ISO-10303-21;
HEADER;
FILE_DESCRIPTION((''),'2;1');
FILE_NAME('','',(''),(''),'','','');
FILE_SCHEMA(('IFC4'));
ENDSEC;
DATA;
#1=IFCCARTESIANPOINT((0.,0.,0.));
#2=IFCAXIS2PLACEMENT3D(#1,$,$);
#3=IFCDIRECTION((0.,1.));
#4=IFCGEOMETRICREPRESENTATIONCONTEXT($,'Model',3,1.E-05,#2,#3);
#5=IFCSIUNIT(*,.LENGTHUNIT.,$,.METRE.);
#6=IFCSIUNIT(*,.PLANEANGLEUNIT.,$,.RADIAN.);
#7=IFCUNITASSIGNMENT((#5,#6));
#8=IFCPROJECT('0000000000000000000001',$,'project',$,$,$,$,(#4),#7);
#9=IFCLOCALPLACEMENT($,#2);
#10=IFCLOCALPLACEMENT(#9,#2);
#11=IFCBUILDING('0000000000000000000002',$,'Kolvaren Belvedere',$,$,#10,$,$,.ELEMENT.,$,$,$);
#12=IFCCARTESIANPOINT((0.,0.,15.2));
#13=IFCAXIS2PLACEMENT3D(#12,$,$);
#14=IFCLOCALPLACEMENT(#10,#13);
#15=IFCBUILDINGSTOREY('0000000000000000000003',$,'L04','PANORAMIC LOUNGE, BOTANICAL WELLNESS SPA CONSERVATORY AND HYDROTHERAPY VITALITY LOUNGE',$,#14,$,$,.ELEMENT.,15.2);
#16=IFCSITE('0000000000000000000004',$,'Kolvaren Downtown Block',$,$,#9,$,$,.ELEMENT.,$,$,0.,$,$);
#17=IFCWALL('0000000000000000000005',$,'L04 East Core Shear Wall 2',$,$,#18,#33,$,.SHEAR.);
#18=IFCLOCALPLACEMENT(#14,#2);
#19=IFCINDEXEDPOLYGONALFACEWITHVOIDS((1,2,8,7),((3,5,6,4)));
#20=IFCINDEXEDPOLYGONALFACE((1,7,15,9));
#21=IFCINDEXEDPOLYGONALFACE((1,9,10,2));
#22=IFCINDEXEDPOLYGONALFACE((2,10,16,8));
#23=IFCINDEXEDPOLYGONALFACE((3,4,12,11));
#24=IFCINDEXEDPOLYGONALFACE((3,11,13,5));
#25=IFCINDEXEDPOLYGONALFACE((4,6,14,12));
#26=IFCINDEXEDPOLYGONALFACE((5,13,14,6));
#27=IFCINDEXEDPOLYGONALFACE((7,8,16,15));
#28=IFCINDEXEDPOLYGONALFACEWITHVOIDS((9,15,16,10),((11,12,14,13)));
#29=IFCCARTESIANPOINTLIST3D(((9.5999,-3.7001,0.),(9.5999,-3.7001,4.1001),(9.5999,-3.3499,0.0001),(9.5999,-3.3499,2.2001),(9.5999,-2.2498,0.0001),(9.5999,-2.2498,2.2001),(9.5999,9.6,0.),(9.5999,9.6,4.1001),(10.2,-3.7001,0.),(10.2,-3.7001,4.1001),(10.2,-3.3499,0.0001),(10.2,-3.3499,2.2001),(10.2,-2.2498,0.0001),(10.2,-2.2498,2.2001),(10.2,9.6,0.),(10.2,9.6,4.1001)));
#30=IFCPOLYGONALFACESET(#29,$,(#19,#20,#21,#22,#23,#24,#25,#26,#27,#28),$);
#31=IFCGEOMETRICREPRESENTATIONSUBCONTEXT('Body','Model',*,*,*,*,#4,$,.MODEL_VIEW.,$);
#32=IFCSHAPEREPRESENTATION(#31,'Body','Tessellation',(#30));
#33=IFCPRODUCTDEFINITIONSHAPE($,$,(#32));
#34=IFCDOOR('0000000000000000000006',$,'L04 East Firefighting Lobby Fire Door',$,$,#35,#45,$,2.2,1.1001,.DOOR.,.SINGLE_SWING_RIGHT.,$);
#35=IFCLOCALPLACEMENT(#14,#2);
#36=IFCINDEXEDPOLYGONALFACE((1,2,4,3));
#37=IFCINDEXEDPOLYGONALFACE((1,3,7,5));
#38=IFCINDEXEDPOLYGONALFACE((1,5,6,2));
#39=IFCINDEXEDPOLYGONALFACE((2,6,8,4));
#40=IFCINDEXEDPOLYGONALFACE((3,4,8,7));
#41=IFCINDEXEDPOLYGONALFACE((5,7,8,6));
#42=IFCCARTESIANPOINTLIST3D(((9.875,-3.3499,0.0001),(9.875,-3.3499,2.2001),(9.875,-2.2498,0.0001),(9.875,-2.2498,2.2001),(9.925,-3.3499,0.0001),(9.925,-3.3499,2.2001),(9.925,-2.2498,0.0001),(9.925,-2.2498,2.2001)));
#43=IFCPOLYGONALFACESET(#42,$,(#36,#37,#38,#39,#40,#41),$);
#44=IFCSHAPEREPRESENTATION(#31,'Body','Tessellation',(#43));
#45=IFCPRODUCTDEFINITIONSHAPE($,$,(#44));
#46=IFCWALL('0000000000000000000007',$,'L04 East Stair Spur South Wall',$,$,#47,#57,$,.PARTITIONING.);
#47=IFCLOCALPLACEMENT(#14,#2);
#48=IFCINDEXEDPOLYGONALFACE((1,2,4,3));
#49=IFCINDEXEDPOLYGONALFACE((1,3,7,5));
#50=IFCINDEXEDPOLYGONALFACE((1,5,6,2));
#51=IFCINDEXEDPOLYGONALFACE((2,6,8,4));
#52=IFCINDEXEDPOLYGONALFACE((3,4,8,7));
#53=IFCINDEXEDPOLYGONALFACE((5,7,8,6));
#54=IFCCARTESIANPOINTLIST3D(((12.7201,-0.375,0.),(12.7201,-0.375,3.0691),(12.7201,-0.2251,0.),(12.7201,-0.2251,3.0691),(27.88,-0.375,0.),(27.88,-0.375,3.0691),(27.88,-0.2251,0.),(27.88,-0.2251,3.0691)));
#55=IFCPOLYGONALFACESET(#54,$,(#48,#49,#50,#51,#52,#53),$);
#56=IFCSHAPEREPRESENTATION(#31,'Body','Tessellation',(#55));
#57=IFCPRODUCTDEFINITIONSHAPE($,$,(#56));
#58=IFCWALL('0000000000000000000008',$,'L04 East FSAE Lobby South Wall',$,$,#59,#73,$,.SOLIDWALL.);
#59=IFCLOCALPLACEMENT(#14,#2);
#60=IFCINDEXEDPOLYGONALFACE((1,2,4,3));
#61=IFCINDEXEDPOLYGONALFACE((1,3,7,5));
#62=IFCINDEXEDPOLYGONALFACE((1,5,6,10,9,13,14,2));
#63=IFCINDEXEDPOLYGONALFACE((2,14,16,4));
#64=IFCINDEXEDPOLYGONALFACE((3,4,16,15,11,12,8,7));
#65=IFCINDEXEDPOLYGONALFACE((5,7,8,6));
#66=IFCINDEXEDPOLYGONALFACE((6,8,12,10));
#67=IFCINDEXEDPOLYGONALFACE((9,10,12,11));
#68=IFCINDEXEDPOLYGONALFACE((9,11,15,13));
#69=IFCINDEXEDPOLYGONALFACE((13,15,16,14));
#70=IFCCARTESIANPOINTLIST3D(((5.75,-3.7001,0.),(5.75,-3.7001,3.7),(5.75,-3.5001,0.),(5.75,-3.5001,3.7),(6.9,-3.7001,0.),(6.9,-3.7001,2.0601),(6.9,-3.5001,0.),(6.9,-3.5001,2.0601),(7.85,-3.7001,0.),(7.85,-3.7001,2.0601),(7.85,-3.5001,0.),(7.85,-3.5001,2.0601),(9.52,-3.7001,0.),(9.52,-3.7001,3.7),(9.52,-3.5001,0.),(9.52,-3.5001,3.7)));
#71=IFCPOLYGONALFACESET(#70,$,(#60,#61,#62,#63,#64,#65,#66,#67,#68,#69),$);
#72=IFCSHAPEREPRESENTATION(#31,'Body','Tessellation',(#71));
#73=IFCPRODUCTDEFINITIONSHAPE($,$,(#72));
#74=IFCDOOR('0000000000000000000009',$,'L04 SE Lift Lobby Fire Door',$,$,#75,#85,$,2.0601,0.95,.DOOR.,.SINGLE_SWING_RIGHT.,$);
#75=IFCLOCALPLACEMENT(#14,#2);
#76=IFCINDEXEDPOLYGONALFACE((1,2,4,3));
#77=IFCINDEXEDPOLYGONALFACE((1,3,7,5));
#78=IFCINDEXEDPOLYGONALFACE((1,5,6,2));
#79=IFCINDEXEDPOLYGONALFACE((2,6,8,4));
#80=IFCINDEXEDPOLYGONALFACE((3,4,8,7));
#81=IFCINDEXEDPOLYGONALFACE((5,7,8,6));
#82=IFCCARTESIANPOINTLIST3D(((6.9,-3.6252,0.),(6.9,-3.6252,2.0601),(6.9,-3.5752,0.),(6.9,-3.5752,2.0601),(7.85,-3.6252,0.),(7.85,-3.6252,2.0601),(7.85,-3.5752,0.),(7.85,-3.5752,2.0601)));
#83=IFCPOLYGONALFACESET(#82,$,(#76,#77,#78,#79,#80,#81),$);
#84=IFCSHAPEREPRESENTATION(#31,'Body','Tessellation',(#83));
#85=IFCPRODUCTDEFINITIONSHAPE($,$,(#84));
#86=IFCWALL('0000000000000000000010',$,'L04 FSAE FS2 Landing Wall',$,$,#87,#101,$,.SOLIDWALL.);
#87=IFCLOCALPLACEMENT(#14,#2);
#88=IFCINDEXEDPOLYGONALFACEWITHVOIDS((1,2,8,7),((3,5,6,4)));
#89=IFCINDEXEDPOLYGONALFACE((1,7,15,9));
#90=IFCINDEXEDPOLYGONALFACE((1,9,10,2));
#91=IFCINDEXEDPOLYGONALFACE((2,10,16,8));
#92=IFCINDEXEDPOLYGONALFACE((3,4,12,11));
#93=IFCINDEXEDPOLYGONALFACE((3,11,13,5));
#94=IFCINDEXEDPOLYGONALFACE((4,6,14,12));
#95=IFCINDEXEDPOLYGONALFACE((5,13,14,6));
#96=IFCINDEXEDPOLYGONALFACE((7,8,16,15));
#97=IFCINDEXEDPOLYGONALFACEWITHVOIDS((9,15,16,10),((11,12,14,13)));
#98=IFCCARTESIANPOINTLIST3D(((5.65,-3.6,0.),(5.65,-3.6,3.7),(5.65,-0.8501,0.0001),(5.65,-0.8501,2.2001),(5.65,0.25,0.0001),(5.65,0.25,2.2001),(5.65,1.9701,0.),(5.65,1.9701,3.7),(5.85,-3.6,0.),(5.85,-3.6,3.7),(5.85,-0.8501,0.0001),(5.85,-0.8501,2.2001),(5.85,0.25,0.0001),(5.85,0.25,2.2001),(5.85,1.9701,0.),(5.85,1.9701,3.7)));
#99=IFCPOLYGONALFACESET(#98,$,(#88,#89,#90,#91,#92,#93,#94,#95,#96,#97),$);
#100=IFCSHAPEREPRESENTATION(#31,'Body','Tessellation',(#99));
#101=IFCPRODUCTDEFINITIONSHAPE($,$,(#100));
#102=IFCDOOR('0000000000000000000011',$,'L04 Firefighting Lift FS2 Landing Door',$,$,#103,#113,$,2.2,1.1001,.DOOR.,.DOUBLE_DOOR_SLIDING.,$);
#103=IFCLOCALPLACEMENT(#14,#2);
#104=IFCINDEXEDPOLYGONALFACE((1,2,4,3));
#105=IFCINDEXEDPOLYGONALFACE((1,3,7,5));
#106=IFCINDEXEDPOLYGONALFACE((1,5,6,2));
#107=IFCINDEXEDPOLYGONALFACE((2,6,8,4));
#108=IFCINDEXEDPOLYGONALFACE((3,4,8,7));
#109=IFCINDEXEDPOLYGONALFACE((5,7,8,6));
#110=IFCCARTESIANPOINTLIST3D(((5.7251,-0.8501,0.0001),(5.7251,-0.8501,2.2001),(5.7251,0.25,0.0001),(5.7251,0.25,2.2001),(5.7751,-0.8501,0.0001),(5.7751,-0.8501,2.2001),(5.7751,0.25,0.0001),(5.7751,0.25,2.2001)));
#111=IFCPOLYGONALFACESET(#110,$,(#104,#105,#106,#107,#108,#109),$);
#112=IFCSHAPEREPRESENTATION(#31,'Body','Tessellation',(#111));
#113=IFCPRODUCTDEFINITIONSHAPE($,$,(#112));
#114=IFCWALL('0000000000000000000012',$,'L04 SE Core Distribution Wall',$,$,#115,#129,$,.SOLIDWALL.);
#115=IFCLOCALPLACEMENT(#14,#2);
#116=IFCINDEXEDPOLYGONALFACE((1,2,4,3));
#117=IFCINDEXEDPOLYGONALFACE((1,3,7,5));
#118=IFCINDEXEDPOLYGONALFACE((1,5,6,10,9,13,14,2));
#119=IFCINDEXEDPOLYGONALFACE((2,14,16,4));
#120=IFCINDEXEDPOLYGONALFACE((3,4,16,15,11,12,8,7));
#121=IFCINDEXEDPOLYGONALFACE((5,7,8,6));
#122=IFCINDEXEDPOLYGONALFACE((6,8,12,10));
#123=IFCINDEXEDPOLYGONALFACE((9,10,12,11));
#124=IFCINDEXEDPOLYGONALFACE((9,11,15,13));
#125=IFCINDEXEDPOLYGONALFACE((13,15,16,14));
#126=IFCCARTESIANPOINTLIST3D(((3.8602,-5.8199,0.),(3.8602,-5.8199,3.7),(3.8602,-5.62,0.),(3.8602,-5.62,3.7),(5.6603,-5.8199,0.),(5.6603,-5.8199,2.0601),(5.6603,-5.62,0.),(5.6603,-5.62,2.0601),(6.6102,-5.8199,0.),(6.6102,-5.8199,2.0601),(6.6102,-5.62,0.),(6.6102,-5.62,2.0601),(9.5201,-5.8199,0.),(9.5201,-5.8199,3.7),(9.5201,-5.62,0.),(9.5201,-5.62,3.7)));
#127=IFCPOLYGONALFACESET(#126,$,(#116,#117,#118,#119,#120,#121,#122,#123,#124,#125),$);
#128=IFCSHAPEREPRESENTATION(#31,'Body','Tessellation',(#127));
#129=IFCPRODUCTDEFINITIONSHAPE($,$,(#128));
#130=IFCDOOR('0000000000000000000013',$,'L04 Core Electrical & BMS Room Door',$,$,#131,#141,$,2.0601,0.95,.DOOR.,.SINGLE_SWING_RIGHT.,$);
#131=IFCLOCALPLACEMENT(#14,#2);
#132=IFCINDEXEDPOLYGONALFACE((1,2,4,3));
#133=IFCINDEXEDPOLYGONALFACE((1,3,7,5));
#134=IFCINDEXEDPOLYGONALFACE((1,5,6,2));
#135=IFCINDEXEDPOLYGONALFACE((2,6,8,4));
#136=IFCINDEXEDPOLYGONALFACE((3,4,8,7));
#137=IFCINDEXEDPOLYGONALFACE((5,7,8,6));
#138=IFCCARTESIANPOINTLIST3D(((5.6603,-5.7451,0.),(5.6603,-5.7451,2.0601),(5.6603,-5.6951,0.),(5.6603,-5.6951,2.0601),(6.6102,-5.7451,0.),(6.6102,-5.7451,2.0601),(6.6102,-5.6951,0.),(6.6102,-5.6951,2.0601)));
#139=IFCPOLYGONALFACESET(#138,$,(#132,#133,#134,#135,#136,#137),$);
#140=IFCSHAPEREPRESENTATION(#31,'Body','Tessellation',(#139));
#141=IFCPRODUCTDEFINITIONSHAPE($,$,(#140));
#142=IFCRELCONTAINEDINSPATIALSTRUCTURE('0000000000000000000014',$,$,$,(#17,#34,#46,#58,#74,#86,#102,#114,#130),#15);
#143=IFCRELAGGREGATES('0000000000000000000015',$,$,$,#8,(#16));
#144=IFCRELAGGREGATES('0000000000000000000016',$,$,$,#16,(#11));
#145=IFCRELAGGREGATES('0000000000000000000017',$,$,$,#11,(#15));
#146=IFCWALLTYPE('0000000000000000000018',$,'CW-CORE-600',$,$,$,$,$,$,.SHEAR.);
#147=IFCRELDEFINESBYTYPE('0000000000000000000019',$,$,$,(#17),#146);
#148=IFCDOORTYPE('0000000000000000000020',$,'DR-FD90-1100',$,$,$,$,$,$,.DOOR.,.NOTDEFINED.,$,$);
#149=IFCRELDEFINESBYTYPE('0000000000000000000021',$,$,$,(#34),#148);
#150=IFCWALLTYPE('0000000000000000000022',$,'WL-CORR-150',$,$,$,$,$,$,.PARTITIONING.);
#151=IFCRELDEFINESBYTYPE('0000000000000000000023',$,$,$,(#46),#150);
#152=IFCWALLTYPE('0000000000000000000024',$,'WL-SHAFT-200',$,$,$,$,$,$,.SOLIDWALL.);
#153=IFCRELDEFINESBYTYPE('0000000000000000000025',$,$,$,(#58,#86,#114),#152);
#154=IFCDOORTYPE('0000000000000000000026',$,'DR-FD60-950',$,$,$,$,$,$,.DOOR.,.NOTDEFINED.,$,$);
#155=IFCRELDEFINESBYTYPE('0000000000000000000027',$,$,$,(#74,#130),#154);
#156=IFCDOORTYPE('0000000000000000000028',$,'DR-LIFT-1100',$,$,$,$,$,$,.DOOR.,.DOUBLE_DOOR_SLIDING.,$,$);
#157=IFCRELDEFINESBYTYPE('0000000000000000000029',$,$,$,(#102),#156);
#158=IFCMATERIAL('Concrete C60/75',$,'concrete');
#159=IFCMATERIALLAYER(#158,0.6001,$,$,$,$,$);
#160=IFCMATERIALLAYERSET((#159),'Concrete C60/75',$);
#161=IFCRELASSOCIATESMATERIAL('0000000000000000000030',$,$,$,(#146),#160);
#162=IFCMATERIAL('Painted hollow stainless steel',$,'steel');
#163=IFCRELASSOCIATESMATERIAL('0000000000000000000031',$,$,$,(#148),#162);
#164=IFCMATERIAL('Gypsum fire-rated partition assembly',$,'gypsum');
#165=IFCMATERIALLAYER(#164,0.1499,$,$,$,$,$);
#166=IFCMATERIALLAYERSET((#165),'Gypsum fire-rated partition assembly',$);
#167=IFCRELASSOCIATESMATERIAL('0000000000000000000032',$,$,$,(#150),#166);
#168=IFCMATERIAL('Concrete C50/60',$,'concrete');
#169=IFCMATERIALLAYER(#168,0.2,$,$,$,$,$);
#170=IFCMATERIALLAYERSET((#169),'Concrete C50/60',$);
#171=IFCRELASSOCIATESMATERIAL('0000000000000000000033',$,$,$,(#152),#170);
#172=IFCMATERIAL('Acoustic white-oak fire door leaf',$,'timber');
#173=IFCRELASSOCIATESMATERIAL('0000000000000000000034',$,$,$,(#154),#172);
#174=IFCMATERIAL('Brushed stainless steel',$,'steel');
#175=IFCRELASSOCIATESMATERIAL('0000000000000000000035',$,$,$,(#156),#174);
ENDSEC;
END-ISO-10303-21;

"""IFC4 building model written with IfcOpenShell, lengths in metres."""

from ifc_helpers import new_model, si_unit, direction, frame, frame_2d, origin, place, context, subcontext, project, spatial, rectangle, extrude, material, layer, layer_set, type_object, element, fill, save


model = new_model("IFC4")

# Units and contexts
model_context = context("Model", 3, precision=1e-05, world=origin(), true_north=direction((0.0, 1.0)))
body_context = subcontext(model_context, "Body", "Model", "MODEL_VIEW")
ifc_project = project(units=[si_unit("LENGTHUNIT", "METRE"), si_unit("PLANEANGLEUNIT", "RADIAN")], contexts=[model_context])

# Site, building, storey
site_placement = place(None, origin())
site = spatial("IfcSite", under=ifc_project, at=site_placement, Name="Kolvaren Downtown Block", CompositionType="ELEMENT", RefElevation=0.0)
building_placement = place(site_placement, origin())
building = spatial("IfcBuilding", under=site, at=building_placement, Name="Kolvaren Belvedere", CompositionType="ELEMENT")
storey_placement = place(building_placement, frame((0.0, 0.0, 15.2)))
storey = spatial("IfcBuildingStorey", under=building, at=storey_placement, Name="L04", Description="PANORAMIC LOUNGE, BOTANICAL WELLNESS SPA CONSERVATORY AND HYDROTHERAPY VITALITY LOUNGE", CompositionType="ELEMENT", Elevation=15.2)

# Shared definitions
ifc_material_1 = material(Name="Concrete C60/75", Category="concrete")
ifc_layer_1 = layer(ifc_material_1, 0.6001)
ifc_layer_set_1 = layer_set([ifc_layer_1], Name="Concrete C60/75")
wall_type_1 = type_object("IfcWallType", Name="CW-CORE-600", PredefinedType="SHEAR", material=ifc_layer_set_1)

# Wall, opening, door
wall_1_placement = place(storey_placement, frame((9.8999, -3.7, 0.0), z_axis=(0.0, 0.0, 1.0), x_axis=(0.0, 1.0, 0.0)))
wall_1 = element("IfcWall", 1, at=wall_1_placement, inside=storey, type_object=wall_type_1, Name="L04 East Core Shear Wall 2", PredefinedType="SHEAR", context=body_context, shape_type="SweptSolid", body=[
    extrude(rectangle(XDim=13.3, YDim=0.6001, at=frame_2d((6.6499, 0.0))), origin(), (0.0, 0.0, 1.0), 4.1001),
])
opening_1_placement = place(wall_1_placement, frame((0.3501, 0.0, 0.0)))
opening_1 = element("IfcOpeningElement", 2, at=opening_1_placement, cuts=wall_1, PredefinedType="OPENING", context=body_context, shape_type="SweptSolid", body=[
    extrude(rectangle(XDim=1.1001, YDim=2.2, at=frame_2d((0.55, 1.1001))), frame((0.0, 0.3101, 0.0), z_axis=(0.0, -1.0, 0.0), x_axis=(1.0, 0.0, 0.0)), (0.0, 0.0, 1.0), 0.6201),
])
ifc_material_2 = material(Name="Painted hollow stainless steel", Category="steel")
door_type_1 = type_object("IfcDoorType", Name="DR-FD90-1100", OperationType="NOTDEFINED", PredefinedType="DOOR", material=ifc_material_2)
door_1_placement = place(opening_1_placement, origin())
door_1 = element("IfcDoor", 3, at=door_1_placement, inside=storey, type_object=door_type_1, Name="L04 East Firefighting Lobby Fire Door", OperationType="SINGLE_SWING_RIGHT", OverallHeight=2.2, OverallWidth=1.1001, PredefinedType="DOOR", context=body_context, shape_type="SweptSolid", body=[
    extrude(rectangle(XDim=1.1001, YDim=2.2, at=frame_2d((0.55, 1.1001))), frame((0.0, 0.0249, 0.0), z_axis=(0.0, -1.0, 0.0), x_axis=(1.0, 0.0, 0.0)), (0.0, 0.0, 1.0), 0.05),
])
fill(opening_1, door_1)

# Wall
ifc_material_3 = material(Name="Gypsum fire-rated partition assembly", Category="gypsum")
ifc_layer_2 = layer(ifc_material_3, 0.1499)
ifc_layer_set_2 = layer_set([ifc_layer_2], Name="Gypsum fire-rated partition assembly")
wall_type_2 = type_object("IfcWallType", Name="WL-CORR-150", PredefinedType="PARTITIONING", material=ifc_layer_set_2)
wall_2_placement = place(storey_placement, frame((12.72, -0.3, 0.0), z_axis=(0.0, 0.0, 1.0), x_axis=(1.0, 0.0, 0.0)))
element("IfcWall", 4, at=wall_2_placement, inside=storey, type_object=wall_type_2, Name="L04 East Stair Spur South Wall", PredefinedType="PARTITIONING", context=body_context, shape_type="SweptSolid", body=[
    extrude(rectangle(XDim=15.1599, YDim=0.1499, at=frame_2d((7.5801, 0.0))), origin(), (0.0, 0.0, 1.0), 3.0691),
])

# Walls, openings, doors
ifc_material_4 = material(Name="Concrete C50/60", Category="concrete")
ifc_layer_3 = layer(ifc_material_4, 0.2)
ifc_layer_set_3 = layer_set([ifc_layer_3], Name="Concrete C50/60")
wall_type_3 = type_object("IfcWallType", Name="WL-SHAFT-200", PredefinedType="SOLIDWALL", material=ifc_layer_set_3)
wall_3_placement = place(storey_placement, frame((5.75, -3.6001, 0.0), z_axis=(0.0, 0.0, 1.0), x_axis=(1.0, 0.0, 0.0)))
wall_3 = element("IfcWall", 5, at=wall_3_placement, inside=storey, type_object=wall_type_3, Name="L04 East FSAE Lobby South Wall", PredefinedType="SOLIDWALL", context=body_context, shape_type="SweptSolid", body=[
    extrude(rectangle(XDim=3.77, YDim=0.2, at=frame_2d((1.885, 0.0))), origin(), (0.0, 0.0, 1.0), 3.7),
])
opening_2_placement = place(wall_3_placement, frame((1.1499, 0.0, 0.0)))
opening_2 = element("IfcOpeningElement", 6, at=opening_2_placement, cuts=wall_3, PredefinedType="OPENING", context=body_context, shape_type="SweptSolid", body=[
    extrude(rectangle(XDim=0.95, YDim=2.0601, at=frame_2d((0.4751, 1.03))), frame((0.0, 0.1099, 0.0), z_axis=(0.0, -1.0, 0.0), x_axis=(1.0, 0.0, 0.0)), (0.0, 0.0, 1.0), 0.22),
])
ifc_material_5 = material(Name="Acoustic white-oak fire door leaf", Category="timber")
door_type_2 = type_object("IfcDoorType", Name="DR-FD60-950", OperationType="NOTDEFINED", PredefinedType="DOOR", material=ifc_material_5)
door_2_placement = place(opening_2_placement, origin())
door_2 = element("IfcDoor", 7, at=door_2_placement, inside=storey, type_object=door_type_2, Name="L04 SE Lift Lobby Fire Door", OperationType="SINGLE_SWING_RIGHT", OverallHeight=2.0601, OverallWidth=0.95, PredefinedType="DOOR", context=body_context, shape_type="SweptSolid", body=[
    extrude(rectangle(XDim=0.95, YDim=2.0601, at=frame_2d((0.4751, 1.03))), frame((0.0, 0.0249, 0.0), z_axis=(0.0, -1.0, 0.0), x_axis=(1.0, 0.0, 0.0)), (0.0, 0.0, 1.0), 0.05),
])
fill(opening_2, door_2)
wall_4_placement = place(storey_placement, frame((5.75, -3.6001, 0.0), z_axis=(0.0, 0.0, 1.0), x_axis=(0.0, 1.0, 0.0)))
wall_4 = element("IfcWall", 8, at=wall_4_placement, inside=storey, type_object=wall_type_3, Name="L04 FSAE FS2 Landing Wall", PredefinedType="SOLIDWALL", context=body_context, shape_type="SweptSolid", body=[
    extrude(rectangle(XDim=5.5701, YDim=0.2, at=frame_2d((2.7852, 0.0))), origin(), (0.0, 0.0, 1.0), 3.7),
])
opening_3_placement = place(wall_4_placement, frame((2.75, 0.0, 0.0)))
opening_3 = element("IfcOpeningElement", 9, at=opening_3_placement, cuts=wall_4, PredefinedType="OPENING", context=body_context, shape_type="SweptSolid", body=[
    extrude(rectangle(XDim=1.1001, YDim=2.2, at=frame_2d((0.55, 1.1001))), frame((0.0, 0.1099, 0.0), z_axis=(0.0, -1.0, 0.0), x_axis=(1.0, 0.0, 0.0)), (0.0, 0.0, 1.0), 0.22),
])
ifc_material_6 = material(Name="Brushed stainless steel", Category="steel")
door_type_3 = type_object("IfcDoorType", Name="DR-LIFT-1100", OperationType="DOUBLE_DOOR_SLIDING", PredefinedType="DOOR", material=ifc_material_6)
door_3_placement = place(opening_3_placement, origin())
door_3 = element("IfcDoor", 10, at=door_3_placement, inside=storey, type_object=door_type_3, Name="L04 Firefighting Lift FS2 Landing Door", OperationType="DOUBLE_DOOR_SLIDING", OverallHeight=2.2, OverallWidth=1.1001, PredefinedType="DOOR", context=body_context, shape_type="SweptSolid", body=[
    extrude(rectangle(XDim=1.1001, YDim=2.2, at=frame_2d((0.55, 1.1001))), frame((0.0, 0.0249, 0.0), z_axis=(0.0, -1.0, 0.0), x_axis=(1.0, 0.0, 0.0)), (0.0, 0.0, 1.0), 0.05),
])
fill(opening_3, door_3)
wall_5_placement = place(storey_placement, frame((3.8601, -5.72, 0.0), z_axis=(0.0, 0.0, 1.0), x_axis=(1.0, 0.0, 0.0)))
wall_5 = element("IfcWall", 11, at=wall_5_placement, inside=storey, type_object=wall_type_3, Name="L04 SE Core Distribution Wall", PredefinedType="SOLIDWALL", context=body_context, shape_type="SweptSolid", body=[
    extrude(rectangle(XDim=5.6599, YDim=0.2, at=frame_2d((2.8301, 0.0))), origin(), (0.0, 0.0, 1.0), 3.7),
])
opening_4_placement = place(wall_5_placement, frame((1.8, 0.0, 0.0)))
opening_4 = element("IfcOpeningElement", 12, at=opening_4_placement, cuts=wall_5, PredefinedType="OPENING", context=body_context, shape_type="SweptSolid", body=[
    extrude(rectangle(XDim=0.95, YDim=2.0601, at=frame_2d((0.4751, 1.03))), frame((0.0, 0.1099, 0.0), z_axis=(0.0, -1.0, 0.0), x_axis=(1.0, 0.0, 0.0)), (0.0, 0.0, 1.0), 0.22),
])
door_4_placement = place(opening_4_placement, origin())
door_4 = element("IfcDoor", 13, at=door_4_placement, inside=storey, type_object=door_type_2, Name="L04 Core Electrical & BMS Room Door", OperationType="SINGLE_SWING_RIGHT", OverallHeight=2.0601, OverallWidth=0.95, PredefinedType="DOOR", context=body_context, shape_type="SweptSolid", body=[
    extrude(rectangle(XDim=0.95, YDim=2.0601, at=frame_2d((0.4751, 1.03))), frame((0.0, 0.0249, 0.0), z_axis=(0.0, -1.0, 0.0), x_axis=(1.0, 0.0, 0.0)), (0.0, 0.0, 1.0), 0.05),
])
fill(opening_4, door_4)

save(model, "model.ifc")
